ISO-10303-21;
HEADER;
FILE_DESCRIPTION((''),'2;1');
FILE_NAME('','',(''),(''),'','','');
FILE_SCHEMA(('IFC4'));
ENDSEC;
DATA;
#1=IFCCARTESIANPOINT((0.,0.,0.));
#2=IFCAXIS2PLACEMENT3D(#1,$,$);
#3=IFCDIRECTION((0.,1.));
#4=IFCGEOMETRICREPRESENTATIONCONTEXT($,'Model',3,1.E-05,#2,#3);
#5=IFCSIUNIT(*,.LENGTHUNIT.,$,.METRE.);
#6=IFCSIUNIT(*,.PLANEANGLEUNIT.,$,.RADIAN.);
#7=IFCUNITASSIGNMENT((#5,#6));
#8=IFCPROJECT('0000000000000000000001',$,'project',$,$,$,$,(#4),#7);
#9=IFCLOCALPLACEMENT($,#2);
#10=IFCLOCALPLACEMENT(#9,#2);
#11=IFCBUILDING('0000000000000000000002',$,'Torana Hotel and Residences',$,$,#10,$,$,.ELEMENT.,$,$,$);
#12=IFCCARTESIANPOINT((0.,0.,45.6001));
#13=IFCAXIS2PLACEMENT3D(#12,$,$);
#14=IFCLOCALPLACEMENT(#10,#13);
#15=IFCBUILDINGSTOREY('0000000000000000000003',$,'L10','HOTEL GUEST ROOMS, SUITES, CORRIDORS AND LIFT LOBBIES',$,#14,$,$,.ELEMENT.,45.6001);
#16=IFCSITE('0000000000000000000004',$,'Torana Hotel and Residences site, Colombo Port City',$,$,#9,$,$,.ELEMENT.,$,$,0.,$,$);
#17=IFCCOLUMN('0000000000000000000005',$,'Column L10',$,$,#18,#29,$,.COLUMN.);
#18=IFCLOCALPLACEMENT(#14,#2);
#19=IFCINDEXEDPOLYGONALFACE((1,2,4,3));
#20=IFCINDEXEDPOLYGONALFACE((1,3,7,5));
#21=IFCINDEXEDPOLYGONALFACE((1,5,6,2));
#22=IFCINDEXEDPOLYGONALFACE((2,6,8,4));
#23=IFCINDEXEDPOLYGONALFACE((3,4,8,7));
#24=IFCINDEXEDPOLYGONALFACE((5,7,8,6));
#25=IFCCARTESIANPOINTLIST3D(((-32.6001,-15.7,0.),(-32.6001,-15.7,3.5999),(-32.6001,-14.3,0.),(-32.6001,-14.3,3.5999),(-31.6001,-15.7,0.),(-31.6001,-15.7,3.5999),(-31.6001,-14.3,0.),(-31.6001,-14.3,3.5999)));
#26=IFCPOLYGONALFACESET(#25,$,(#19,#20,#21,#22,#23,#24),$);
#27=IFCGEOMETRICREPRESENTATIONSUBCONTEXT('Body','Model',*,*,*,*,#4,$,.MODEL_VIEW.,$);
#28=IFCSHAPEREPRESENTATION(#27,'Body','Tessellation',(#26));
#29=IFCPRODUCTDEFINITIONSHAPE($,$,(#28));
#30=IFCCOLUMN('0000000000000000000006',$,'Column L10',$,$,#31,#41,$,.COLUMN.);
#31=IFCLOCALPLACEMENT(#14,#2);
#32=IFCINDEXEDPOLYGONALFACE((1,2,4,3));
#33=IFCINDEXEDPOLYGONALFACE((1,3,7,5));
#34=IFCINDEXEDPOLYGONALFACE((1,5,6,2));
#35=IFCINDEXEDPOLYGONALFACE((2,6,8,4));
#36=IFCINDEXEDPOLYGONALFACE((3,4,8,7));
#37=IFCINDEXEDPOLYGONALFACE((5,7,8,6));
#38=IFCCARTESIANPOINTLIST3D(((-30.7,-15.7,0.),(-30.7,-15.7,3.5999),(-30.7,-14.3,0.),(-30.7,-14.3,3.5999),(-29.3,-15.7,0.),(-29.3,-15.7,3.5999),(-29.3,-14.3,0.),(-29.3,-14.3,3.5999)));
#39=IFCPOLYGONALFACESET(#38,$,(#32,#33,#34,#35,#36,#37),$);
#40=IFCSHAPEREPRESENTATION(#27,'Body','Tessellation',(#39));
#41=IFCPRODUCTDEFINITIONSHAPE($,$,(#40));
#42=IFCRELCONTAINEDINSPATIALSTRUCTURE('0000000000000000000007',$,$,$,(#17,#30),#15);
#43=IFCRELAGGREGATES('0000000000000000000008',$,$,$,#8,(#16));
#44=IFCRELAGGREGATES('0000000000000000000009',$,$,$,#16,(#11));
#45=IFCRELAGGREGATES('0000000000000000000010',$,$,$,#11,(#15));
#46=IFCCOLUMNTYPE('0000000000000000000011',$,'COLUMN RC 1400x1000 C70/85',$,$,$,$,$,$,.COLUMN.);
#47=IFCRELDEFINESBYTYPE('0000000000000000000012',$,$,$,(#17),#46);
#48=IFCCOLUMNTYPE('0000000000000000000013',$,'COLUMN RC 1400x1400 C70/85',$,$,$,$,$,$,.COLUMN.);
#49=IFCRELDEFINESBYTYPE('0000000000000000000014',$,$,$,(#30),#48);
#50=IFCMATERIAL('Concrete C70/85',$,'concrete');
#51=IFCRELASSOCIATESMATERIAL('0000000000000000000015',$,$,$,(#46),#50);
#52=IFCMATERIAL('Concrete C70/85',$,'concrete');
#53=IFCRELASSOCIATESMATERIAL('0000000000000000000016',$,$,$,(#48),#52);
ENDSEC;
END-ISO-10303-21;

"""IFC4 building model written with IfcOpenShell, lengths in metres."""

from ifc_helpers import new_model, si_unit, direction, frame, origin, origin_2d, place, context, subcontext, project, spatial, rectangle, extrude, material, material_profile, profile_set, type_object, element, save


model = new_model("IFC4")

# Units and contexts
model_context = context("Model", 3, precision=1e-05, world=origin(), true_north=direction((0.0, 1.0)))
body_context = subcontext(model_context, "Body", "Model", "MODEL_VIEW")
ifc_project = project(units=[si_unit("LENGTHUNIT", "METRE"), si_unit("PLANEANGLEUNIT", "RADIAN")], contexts=[model_context])

# Site, building, storey
site_placement = place(None, origin())
site = spatial("IfcSite", under=ifc_project, at=site_placement, Name="Torana Hotel and Residences site, Colombo Port City", CompositionType="ELEMENT", RefElevation=0.0)
building_placement = place(site_placement, origin())
building = spatial("IfcBuilding", under=site, at=building_placement, Name="Torana Hotel and Residences", CompositionType="ELEMENT")
storey_placement = place(building_placement, frame((0.0, 0.0, 45.6001)))
storey = spatial("IfcBuildingStorey", under=building, at=storey_placement, Name="L10", Description="HOTEL GUEST ROOMS, SUITES, CORRIDORS AND LIFT LOBBIES", CompositionType="ELEMENT", Elevation=45.6001)

# Columns
ifc_material_1 = material(Name="Concrete C70/85", Category="concrete")
ifc_material_profile_1 = material_profile(ifc_material_1, rectangle(XDim=1.3999, YDim=1.0, at=origin_2d()), Name="RC 1400x1000")
ifc_profile_set_1 = profile_set([ifc_material_profile_1], Name="Concrete C70/85")
column_type_1 = type_object("IfcColumnType", Name="COLUMN RC 1400x1000 C70/85", PredefinedType="COLUMN", material=ifc_profile_set_1)
column_1_placement = place(storey_placement, frame((-32.1001, -15.0, 0.0), z_axis=(0.0, 0.0, 1.0), x_axis=(0.0, 1.0, 0.0)))
element("IfcColumn", 1, at=column_1_placement, inside=storey, type_object=column_type_1, Name="Column L10", PredefinedType="COLUMN", context=body_context, shape_type="SweptSolid", body=[
    extrude(rectangle(XDim=1.3999, YDim=1.0, at=origin_2d()), origin(), (0.0, 0.0, 1.0), 3.5999),
])
ifc_material_2 = material(Name="Concrete C70/85", Category="concrete")
ifc_material_profile_2 = material_profile(ifc_material_2, rectangle(XDim=1.3999, YDim=1.3999, at=origin_2d()), Name="RC 1400x1400")
ifc_profile_set_2 = profile_set([ifc_material_profile_2], Name="Concrete C70/85")
column_type_2 = type_object("IfcColumnType", Name="COLUMN RC 1400x1400 C70/85", PredefinedType="COLUMN", material=ifc_profile_set_2)
column_2_placement = place(storey_placement, frame((-30.0, -15.0, 0.0), z_axis=(0.0, 0.0, 1.0), x_axis=(1.0, 0.0, 0.0)))
element("IfcColumn", 2, at=column_2_placement, inside=storey, type_object=column_type_2, Name="Column L10", PredefinedType="COLUMN", context=body_context, shape_type="SweptSolid", body=[
    extrude(rectangle(XDim=1.3999, YDim=1.3999, at=origin_2d()), origin(), (0.0, 0.0, 1.0), 3.5999),
])

save(model, "model.ifc")
